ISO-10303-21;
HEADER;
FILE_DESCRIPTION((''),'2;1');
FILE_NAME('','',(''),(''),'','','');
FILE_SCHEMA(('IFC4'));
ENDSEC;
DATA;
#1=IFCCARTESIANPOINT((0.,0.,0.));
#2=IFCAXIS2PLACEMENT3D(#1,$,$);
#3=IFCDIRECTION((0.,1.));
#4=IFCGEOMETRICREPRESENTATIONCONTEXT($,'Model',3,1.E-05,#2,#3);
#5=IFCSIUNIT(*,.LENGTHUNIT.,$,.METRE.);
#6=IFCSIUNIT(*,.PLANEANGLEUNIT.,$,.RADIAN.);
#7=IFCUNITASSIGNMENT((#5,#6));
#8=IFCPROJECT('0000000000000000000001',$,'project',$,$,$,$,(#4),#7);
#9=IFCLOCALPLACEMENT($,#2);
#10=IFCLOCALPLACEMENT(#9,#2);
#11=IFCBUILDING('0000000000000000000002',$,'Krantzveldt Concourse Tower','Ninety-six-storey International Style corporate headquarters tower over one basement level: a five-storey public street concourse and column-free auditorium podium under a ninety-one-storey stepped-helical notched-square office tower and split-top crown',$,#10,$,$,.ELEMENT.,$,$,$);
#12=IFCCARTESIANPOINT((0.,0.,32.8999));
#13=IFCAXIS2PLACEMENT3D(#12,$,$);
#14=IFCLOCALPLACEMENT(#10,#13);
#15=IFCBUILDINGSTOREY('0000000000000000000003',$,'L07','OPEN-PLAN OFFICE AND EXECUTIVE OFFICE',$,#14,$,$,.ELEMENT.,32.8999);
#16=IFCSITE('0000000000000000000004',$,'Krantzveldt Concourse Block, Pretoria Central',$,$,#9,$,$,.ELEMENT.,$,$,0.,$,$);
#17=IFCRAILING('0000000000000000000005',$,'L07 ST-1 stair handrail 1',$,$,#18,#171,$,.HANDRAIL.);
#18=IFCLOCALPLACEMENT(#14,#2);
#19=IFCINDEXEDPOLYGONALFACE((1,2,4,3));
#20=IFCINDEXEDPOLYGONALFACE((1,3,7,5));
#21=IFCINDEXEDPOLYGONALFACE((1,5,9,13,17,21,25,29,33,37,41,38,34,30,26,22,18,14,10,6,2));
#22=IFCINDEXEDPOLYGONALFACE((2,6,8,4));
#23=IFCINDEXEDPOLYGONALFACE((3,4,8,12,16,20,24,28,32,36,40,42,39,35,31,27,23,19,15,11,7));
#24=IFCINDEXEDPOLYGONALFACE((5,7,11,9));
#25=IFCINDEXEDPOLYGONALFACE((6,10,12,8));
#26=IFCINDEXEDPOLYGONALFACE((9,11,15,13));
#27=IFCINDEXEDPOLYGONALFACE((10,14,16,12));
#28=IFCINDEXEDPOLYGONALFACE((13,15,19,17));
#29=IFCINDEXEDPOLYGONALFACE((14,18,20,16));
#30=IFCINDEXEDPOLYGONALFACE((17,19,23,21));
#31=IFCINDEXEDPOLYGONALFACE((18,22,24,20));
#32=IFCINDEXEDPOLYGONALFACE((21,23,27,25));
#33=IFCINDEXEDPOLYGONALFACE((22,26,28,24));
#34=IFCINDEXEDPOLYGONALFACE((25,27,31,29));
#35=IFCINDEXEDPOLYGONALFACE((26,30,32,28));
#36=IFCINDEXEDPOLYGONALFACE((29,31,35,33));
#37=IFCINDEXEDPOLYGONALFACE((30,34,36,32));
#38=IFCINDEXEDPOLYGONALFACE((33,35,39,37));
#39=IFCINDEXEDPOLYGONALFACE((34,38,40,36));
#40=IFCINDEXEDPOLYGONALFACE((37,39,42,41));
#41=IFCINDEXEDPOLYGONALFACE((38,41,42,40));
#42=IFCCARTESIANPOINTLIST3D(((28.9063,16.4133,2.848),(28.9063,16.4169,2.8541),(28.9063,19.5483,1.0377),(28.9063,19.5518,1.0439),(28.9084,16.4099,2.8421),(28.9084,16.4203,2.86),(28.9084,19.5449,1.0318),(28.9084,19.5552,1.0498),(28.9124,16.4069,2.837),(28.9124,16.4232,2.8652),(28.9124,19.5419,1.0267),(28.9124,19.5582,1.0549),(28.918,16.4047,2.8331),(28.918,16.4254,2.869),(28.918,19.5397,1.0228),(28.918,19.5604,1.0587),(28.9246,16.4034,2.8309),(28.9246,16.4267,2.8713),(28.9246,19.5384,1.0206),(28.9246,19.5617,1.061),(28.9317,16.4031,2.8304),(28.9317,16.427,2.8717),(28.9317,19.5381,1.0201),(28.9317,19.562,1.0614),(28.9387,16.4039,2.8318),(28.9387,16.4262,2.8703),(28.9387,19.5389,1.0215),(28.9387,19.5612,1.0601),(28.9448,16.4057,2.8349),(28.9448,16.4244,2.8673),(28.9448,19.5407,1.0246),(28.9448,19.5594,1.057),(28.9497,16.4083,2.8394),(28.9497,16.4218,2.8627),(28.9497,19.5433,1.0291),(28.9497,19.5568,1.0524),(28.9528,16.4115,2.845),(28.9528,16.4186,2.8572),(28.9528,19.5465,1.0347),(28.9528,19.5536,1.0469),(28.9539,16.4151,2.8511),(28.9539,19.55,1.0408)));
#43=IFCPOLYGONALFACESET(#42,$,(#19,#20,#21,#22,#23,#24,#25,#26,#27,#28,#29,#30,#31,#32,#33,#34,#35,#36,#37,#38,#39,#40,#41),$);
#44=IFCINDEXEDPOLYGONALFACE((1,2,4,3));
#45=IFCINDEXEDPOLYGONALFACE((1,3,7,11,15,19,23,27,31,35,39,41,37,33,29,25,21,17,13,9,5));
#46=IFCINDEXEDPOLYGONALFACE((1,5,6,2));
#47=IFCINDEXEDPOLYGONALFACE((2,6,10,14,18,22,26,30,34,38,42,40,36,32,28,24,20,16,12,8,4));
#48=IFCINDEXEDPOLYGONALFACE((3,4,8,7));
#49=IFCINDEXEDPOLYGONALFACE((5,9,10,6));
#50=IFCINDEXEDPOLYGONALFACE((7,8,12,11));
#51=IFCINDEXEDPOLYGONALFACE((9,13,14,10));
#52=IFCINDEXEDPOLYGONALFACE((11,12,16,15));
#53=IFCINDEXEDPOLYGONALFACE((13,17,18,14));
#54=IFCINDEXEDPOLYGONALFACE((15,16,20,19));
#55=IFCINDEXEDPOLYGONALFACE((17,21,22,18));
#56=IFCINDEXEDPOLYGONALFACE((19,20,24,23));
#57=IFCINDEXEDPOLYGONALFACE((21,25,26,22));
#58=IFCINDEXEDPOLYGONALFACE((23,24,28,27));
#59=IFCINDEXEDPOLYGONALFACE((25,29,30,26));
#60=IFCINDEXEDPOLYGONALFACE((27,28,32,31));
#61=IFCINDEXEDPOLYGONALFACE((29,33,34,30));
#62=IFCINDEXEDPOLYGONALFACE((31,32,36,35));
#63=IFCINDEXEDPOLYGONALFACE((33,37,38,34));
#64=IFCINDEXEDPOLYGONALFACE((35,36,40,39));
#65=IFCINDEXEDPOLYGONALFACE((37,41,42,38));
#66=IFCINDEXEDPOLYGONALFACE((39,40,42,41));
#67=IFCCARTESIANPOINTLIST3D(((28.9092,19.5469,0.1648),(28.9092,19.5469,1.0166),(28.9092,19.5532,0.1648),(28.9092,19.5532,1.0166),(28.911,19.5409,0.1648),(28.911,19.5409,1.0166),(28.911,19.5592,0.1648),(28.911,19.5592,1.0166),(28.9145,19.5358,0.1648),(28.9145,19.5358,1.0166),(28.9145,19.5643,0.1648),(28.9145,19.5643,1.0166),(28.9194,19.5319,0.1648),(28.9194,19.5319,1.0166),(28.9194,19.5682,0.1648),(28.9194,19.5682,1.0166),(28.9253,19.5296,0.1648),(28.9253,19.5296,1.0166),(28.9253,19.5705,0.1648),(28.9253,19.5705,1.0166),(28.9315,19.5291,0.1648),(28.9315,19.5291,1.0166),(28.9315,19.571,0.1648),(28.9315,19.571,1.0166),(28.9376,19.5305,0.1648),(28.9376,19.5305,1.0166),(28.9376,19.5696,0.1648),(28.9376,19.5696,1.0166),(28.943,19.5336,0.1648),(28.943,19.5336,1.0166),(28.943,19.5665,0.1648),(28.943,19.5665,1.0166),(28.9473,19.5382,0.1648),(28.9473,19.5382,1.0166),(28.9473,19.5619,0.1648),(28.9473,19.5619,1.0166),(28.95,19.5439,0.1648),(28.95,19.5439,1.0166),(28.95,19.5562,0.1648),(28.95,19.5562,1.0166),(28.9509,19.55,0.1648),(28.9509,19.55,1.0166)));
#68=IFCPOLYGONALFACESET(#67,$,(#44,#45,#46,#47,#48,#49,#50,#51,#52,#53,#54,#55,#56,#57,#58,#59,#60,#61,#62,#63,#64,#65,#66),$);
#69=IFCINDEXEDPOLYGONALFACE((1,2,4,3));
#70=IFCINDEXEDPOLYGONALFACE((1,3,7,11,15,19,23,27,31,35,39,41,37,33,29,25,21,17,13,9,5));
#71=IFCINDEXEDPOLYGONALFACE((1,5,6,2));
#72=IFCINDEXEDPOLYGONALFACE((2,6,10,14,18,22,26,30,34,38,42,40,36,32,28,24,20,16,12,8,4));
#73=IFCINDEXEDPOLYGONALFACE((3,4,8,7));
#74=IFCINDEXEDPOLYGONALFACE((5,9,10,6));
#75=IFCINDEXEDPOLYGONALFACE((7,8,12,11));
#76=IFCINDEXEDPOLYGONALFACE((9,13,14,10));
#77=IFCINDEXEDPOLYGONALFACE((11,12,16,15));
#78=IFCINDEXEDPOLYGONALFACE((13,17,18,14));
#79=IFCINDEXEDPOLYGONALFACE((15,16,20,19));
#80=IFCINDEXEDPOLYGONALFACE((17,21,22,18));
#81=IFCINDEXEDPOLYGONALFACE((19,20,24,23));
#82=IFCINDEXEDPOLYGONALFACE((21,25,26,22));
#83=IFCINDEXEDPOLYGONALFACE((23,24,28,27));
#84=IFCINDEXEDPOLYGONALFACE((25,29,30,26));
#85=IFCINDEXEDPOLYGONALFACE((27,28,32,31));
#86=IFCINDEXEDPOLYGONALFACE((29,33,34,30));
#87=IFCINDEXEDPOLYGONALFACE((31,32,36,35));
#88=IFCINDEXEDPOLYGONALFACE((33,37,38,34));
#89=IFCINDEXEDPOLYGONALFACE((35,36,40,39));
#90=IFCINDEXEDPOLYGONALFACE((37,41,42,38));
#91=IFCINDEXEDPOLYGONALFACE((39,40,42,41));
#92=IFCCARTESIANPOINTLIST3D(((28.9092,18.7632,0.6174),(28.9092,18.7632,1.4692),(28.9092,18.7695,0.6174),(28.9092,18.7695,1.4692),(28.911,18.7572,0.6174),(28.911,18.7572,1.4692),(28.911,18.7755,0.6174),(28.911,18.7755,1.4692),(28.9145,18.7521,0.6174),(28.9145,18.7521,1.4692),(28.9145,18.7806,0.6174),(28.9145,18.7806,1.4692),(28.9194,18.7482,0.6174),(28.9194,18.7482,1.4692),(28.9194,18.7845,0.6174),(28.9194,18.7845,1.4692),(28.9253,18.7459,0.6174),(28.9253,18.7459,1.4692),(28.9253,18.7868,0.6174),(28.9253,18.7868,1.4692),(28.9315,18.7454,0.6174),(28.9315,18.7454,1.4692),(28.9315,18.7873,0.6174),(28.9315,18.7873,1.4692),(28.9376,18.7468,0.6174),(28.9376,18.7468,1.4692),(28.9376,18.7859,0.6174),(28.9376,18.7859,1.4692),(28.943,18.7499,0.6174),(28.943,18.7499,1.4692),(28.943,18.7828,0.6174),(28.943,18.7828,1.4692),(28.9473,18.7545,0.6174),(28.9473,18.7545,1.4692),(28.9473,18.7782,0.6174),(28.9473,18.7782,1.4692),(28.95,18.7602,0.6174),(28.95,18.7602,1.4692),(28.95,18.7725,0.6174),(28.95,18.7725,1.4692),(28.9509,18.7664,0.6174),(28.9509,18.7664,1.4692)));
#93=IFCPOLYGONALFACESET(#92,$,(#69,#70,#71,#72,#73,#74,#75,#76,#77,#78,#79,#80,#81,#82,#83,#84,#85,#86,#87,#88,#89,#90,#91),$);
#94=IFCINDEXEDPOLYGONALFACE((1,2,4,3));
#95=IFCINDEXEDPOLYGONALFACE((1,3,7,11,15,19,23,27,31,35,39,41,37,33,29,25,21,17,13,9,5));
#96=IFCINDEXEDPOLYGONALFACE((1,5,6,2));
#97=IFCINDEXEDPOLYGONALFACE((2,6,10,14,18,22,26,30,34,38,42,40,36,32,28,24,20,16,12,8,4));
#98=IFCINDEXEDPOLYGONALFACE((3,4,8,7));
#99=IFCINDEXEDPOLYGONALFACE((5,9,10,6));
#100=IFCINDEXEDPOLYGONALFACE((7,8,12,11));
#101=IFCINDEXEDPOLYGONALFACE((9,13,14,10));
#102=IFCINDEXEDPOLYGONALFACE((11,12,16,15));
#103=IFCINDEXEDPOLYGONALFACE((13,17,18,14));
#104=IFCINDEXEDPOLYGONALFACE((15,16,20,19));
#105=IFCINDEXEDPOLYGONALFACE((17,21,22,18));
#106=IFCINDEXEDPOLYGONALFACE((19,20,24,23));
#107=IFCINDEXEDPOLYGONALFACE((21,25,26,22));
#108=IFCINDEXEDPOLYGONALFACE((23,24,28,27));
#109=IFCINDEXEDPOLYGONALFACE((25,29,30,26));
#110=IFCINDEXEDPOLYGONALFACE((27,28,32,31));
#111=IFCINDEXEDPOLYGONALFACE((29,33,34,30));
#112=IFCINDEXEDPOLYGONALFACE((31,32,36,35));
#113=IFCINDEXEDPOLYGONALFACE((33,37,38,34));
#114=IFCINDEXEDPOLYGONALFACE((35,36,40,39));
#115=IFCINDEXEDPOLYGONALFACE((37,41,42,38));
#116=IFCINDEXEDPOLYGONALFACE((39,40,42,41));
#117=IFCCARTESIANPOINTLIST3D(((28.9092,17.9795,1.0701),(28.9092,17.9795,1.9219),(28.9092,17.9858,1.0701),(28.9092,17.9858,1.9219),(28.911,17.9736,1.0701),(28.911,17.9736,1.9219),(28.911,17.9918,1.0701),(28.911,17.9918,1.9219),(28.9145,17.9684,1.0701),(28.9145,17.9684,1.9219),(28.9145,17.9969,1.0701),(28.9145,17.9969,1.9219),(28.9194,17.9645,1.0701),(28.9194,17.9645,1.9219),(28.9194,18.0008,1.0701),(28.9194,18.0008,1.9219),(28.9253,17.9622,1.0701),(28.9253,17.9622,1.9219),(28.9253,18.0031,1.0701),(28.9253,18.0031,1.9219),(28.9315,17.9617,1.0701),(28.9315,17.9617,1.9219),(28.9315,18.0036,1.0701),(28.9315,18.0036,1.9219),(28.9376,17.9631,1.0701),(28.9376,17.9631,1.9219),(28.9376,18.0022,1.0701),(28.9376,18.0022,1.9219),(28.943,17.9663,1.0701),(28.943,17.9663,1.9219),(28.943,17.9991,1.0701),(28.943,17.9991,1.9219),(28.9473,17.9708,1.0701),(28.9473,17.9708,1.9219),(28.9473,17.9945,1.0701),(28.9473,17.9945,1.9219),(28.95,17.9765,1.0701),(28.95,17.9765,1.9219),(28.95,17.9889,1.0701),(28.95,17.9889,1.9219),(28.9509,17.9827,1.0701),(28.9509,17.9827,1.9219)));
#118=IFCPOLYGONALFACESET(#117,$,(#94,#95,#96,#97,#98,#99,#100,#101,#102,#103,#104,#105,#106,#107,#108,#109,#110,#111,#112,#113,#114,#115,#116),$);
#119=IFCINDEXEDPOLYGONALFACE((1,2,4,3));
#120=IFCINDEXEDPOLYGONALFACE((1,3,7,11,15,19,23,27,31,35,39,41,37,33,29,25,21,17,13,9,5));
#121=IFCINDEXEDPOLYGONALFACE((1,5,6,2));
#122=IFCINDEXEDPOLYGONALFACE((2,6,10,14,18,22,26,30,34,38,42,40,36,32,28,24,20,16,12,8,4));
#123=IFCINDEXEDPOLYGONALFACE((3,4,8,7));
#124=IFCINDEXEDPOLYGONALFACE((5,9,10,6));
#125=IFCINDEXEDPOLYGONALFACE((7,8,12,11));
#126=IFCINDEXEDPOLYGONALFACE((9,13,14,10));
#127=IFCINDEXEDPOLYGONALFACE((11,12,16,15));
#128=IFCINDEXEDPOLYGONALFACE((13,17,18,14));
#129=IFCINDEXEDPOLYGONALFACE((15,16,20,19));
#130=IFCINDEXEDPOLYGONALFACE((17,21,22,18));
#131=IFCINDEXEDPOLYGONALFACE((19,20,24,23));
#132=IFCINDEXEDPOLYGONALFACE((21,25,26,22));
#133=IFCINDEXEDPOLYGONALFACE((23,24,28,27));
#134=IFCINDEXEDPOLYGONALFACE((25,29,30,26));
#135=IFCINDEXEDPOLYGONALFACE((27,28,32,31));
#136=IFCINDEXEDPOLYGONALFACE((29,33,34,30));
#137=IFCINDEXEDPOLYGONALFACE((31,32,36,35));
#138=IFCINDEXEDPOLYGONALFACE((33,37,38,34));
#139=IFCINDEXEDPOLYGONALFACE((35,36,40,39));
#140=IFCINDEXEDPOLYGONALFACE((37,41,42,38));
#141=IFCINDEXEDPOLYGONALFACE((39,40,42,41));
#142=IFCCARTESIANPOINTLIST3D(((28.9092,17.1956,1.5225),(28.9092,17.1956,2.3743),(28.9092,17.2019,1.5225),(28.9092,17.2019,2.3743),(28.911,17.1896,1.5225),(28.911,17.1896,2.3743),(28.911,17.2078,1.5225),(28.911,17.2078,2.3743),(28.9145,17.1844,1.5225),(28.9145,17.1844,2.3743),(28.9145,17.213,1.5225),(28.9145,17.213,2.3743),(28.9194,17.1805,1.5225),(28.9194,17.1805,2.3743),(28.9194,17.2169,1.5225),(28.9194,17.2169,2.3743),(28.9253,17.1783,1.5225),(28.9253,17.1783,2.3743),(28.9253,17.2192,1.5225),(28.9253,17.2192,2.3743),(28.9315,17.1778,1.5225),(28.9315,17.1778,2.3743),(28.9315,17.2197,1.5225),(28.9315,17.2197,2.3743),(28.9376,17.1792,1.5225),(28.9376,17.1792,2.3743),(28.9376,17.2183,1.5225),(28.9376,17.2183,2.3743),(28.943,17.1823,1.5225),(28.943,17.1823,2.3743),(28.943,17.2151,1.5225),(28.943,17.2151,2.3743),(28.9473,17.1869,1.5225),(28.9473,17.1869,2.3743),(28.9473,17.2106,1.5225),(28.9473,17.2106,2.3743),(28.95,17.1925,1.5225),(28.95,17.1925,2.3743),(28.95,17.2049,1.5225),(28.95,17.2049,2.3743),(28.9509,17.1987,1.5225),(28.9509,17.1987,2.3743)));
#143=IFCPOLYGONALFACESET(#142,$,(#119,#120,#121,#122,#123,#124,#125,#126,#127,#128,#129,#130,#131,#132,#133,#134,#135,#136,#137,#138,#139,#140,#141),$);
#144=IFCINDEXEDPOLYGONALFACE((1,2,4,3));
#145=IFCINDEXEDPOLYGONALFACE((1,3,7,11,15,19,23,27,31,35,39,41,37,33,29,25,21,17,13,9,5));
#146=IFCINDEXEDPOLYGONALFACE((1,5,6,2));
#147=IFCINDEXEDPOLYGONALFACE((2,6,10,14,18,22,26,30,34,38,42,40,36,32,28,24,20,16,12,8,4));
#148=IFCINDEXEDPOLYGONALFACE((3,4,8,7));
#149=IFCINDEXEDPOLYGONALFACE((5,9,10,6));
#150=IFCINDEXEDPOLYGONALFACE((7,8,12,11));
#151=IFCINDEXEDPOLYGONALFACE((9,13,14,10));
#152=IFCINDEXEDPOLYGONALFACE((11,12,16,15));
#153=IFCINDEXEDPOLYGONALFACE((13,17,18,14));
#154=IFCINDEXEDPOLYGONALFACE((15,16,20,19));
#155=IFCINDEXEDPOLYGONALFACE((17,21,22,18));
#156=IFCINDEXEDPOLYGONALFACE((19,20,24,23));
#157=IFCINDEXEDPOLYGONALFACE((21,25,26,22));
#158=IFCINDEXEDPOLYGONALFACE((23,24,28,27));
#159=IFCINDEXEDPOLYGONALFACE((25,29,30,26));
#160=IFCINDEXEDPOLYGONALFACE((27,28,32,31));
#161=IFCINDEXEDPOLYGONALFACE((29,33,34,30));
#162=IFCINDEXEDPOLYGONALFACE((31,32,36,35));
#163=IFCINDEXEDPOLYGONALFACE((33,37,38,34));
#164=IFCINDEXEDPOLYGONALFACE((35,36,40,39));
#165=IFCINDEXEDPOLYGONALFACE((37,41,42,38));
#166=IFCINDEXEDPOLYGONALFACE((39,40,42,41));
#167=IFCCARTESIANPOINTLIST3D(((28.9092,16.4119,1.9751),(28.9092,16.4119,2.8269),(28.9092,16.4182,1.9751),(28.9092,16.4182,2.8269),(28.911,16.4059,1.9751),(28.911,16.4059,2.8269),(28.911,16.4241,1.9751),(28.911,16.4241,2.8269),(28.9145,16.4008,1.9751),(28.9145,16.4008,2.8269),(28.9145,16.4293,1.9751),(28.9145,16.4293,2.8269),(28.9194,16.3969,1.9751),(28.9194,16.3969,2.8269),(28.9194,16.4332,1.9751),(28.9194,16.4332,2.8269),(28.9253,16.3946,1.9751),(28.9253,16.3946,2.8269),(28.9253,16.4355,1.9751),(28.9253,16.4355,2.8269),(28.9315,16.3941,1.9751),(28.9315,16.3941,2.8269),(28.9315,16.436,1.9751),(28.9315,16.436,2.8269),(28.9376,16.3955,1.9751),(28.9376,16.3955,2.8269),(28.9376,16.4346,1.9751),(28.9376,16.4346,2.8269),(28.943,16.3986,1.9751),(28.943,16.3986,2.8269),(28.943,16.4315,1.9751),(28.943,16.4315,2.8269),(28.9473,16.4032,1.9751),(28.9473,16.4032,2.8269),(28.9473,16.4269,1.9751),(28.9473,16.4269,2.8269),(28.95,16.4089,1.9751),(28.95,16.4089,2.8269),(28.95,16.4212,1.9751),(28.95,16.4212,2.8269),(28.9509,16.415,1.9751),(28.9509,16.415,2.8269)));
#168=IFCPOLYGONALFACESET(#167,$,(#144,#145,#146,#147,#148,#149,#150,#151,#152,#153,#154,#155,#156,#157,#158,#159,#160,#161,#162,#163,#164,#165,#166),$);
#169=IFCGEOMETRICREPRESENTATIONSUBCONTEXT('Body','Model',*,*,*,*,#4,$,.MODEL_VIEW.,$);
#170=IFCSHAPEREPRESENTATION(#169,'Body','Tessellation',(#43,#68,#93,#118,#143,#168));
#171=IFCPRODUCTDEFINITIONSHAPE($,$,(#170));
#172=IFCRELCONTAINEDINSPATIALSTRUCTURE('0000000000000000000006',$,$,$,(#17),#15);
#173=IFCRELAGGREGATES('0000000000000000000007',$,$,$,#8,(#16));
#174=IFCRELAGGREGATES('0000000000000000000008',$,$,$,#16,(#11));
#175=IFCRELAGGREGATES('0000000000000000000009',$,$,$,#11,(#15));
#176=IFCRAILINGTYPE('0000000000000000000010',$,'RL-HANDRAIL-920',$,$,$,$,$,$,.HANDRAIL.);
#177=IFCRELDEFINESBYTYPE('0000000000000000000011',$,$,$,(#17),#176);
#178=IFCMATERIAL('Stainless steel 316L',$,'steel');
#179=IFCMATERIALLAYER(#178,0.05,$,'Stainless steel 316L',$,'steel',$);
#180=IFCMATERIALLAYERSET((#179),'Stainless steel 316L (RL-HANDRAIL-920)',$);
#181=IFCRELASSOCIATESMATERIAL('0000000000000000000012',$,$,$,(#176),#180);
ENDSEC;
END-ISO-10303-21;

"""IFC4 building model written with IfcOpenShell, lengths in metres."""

from ifc_helpers import new_model, si_unit, direction, frame, origin, origin_2d, place, context, subcontext, project, spatial, circle, extrude, material, layer, layer_set, type_object, element, save


model = new_model("IFC4")

# Units and contexts
model_context = context("Model", 3, precision=1e-05, world=origin(), true_north=direction((0.0, 1.0)))
body_context = subcontext(model_context, "Body", "Model", "MODEL_VIEW")
ifc_project = project(units=[si_unit("LENGTHUNIT", "METRE"), si_unit("PLANEANGLEUNIT", "RADIAN")], contexts=[model_context])

# Site, building, storey
site_placement = place(None, origin())
site = spatial("IfcSite", under=ifc_project, at=site_placement, Name="Krantzveldt Concourse Block, Pretoria Central", CompositionType="ELEMENT", RefElevation=0.0)
building_placement = place(site_placement, origin())
building = spatial("IfcBuilding", under=site, at=building_placement, Name="Krantzveldt Concourse Tower", Description="Ninety-six-storey International Style corporate headquarters tower over one basement level: a five-storey public street concourse and column-free auditorium podium under a ninety-one-storey stepped-helical notched-square office tower and split-top crown", CompositionType="ELEMENT")
storey_placement = place(building_placement, frame((0.0, 0.0, 32.8999)))
storey = spatial("IfcBuildingStorey", under=building, at=storey_placement, Name="L07", Description="OPEN-PLAN OFFICE AND EXECUTIVE OFFICE", CompositionType="ELEMENT", Elevation=32.8999)

# Railing
ifc_material_1 = material(Name="Stainless steel 316L", Category="steel")
ifc_layer_1 = layer(ifc_material_1, 0.05, Name="Stainless steel 316L", Category="steel")
ifc_layer_set_1 = layer_set([ifc_layer_1], Name="Stainless steel 316L (RL-HANDRAIL-920)")
railing_type_1 = type_object("IfcRailingType", Name="RL-HANDRAIL-920", PredefinedType="HANDRAIL", material=ifc_layer_set_1)
railing_1_placement = place(storey_placement, frame((28.9299, 19.55, 0.1648)))
element("IfcRailing", 1, at=railing_1_placement, inside=storey, type_object=railing_type_1, Name="L07 ST-1 stair handrail 1", PredefinedType="HANDRAIL", context=body_context, shape_type="SweptSolid", body=[
    extrude(circle(Radius=0.0239, at=origin_2d()), frame((0.0, 0.0, 0.876), z_axis=(0.0, -0.865989, 0.500063), x_axis=(1.0, 0.0, 0.0)), (0.0, 0.0, 1.0), 3.6201),
    extrude(circle(Radius=0.021, at=origin_2d()), origin(), (0.0, 0.0, 1.0), 0.8518),
    extrude(circle(Radius=0.021, at=origin_2d()), frame((0.0, -0.7837, 0.4526)), (0.0, 0.0, 1.0), 0.8518),
    extrude(circle(Radius=0.021, at=origin_2d()), frame((0.0, -1.5674, 0.9053)), (0.0, 0.0, 1.0), 0.8518),
    extrude(circle(Radius=0.021, at=origin_2d()), frame((0.0, -2.3513, 1.3577)), (0.0, 0.0, 1.0), 0.8518),
    extrude(circle(Radius=0.021, at=origin_2d()), frame((0.0, -3.135, 1.8103)), (0.0, 0.0, 1.0), 0.8518),
])

save(model, "model.ifc")
